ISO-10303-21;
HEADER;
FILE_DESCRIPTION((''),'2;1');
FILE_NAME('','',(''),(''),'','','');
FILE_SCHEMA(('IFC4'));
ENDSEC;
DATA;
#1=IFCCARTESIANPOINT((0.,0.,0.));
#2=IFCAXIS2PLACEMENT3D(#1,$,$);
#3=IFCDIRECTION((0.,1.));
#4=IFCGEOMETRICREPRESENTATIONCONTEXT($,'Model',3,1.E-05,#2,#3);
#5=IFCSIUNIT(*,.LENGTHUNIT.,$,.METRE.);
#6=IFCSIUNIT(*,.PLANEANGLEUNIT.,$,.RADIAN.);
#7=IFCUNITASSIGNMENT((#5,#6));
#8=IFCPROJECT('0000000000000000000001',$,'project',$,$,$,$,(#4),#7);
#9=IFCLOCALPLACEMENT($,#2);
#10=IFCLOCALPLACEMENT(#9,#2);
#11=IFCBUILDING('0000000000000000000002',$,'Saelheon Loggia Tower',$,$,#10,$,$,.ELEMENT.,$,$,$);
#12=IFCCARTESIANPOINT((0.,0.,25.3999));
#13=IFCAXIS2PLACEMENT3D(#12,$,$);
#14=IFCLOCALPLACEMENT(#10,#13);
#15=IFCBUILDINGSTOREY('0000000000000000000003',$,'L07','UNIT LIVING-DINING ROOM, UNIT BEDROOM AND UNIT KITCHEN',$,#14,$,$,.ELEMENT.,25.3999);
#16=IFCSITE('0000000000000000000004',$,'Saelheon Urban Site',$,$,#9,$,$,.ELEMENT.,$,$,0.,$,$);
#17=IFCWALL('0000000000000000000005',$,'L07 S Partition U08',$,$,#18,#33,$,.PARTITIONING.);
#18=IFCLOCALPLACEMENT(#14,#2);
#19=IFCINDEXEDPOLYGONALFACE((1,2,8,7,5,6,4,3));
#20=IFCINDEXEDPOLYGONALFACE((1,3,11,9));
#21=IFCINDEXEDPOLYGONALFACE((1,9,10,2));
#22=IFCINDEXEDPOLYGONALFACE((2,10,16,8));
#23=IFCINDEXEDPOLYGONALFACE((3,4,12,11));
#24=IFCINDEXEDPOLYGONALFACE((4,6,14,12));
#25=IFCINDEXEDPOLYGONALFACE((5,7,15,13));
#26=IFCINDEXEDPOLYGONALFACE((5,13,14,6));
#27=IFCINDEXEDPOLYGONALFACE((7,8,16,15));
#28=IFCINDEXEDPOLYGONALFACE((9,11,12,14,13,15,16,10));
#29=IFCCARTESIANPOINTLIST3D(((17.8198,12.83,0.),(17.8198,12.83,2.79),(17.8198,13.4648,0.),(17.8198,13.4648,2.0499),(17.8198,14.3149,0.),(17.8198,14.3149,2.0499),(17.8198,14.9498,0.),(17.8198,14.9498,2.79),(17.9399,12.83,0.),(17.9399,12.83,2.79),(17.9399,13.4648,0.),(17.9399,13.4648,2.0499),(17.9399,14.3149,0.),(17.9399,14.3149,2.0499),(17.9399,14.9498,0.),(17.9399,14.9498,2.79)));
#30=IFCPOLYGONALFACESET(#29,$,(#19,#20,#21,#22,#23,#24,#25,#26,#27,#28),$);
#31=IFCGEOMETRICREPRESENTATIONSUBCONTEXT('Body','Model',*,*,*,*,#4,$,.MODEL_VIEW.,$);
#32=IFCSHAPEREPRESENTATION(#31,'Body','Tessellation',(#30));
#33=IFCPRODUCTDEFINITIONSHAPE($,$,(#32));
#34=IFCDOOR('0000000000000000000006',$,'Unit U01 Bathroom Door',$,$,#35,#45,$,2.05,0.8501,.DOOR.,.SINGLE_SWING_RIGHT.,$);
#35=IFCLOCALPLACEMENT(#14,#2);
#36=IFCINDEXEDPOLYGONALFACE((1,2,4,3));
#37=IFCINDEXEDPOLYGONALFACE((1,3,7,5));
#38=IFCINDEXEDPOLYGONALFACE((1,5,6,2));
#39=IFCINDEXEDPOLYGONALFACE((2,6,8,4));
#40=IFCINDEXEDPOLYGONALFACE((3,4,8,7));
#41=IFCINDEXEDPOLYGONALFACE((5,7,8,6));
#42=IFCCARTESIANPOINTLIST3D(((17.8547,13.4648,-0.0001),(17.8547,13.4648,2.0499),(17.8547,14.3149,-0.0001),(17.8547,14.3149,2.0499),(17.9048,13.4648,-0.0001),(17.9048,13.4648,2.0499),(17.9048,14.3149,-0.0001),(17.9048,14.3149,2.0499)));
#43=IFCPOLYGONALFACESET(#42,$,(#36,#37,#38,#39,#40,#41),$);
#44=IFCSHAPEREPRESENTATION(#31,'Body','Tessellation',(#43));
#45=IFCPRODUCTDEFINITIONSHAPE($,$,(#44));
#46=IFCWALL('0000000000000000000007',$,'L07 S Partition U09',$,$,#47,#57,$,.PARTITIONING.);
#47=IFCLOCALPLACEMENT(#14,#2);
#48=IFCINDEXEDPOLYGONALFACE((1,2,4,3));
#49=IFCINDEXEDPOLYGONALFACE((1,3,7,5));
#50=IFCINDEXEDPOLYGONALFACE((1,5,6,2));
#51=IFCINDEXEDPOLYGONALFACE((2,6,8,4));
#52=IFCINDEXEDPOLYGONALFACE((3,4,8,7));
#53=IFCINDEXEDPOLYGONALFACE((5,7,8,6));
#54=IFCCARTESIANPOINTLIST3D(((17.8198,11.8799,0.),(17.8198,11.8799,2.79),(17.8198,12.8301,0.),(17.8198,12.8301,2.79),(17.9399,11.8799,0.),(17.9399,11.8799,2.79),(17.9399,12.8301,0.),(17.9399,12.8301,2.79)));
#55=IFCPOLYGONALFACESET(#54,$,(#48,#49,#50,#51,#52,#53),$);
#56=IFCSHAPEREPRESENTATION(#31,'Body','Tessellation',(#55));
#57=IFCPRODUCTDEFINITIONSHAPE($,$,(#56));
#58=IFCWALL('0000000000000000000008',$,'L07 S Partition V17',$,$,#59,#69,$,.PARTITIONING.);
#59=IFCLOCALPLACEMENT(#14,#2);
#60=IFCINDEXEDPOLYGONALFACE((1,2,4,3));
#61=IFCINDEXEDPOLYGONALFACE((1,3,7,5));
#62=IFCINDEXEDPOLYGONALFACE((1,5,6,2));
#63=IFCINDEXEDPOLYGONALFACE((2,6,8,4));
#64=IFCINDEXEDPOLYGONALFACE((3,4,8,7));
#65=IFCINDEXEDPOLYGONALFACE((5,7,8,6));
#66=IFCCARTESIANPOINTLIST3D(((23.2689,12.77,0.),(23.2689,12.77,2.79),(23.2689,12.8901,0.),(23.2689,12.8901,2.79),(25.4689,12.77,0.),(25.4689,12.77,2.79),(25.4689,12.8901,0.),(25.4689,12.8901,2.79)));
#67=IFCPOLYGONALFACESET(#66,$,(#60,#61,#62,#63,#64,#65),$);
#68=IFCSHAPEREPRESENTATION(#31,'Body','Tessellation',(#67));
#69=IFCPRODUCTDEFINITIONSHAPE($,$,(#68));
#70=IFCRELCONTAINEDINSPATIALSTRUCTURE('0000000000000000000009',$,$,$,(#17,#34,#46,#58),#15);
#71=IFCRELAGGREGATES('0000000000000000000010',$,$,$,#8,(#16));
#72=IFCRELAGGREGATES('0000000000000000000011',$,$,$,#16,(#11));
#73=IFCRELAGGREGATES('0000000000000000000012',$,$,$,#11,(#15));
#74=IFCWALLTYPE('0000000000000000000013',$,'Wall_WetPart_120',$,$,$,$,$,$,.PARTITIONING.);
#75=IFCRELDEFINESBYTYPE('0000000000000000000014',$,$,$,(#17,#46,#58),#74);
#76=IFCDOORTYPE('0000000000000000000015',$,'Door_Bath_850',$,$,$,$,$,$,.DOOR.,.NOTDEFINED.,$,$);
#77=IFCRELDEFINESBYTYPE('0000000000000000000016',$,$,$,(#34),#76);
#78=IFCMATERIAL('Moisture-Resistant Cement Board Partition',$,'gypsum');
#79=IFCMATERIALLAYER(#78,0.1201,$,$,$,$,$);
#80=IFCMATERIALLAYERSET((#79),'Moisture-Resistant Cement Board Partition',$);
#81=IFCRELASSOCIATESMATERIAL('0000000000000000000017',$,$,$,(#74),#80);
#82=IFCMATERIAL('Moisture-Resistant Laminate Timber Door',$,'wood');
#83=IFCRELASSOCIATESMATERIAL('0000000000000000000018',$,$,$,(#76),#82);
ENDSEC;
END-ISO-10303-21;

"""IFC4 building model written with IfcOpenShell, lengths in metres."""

from ifc_helpers import new_model, si_unit, direction, frame, frame_2d, origin, place, context, subcontext, project, spatial, rectangle, extrude, source, transform, mapped, material, layer, layer_set, type_object, element, fill, save


model = new_model("IFC4")

# Units and contexts
model_context = context("Model", 3, precision=1e-05, world=origin(), true_north=direction((0.0, 1.0)))
body_context = subcontext(model_context, "Body", "Model", "MODEL_VIEW")
ifc_project = project(units=[si_unit("LENGTHUNIT", "METRE"), si_unit("PLANEANGLEUNIT", "RADIAN")], contexts=[model_context])

# Site, building, storey
site_placement = place(None, origin())
site = spatial("IfcSite", under=ifc_project, at=site_placement, Name="Saelheon Urban Site", CompositionType="ELEMENT", RefElevation=0.0)
building_placement = place(site_placement, origin())
building = spatial("IfcBuilding", under=site, at=building_placement, Name="Saelheon Loggia Tower", CompositionType="ELEMENT")
storey_placement = place(building_placement, frame((0.0, 0.0, 25.3999)))
storey = spatial("IfcBuildingStorey", under=building, at=storey_placement, Name="L07", Description="UNIT LIVING-DINING ROOM, UNIT BEDROOM AND UNIT KITCHEN", CompositionType="ELEMENT", Elevation=25.3999)

# Shared definitions
ifc_material_1 = material(Name="Moisture-Resistant Cement Board Partition", Category="gypsum")
ifc_layer_1 = layer(ifc_material_1, 0.1201)
ifc_layer_set_1 = layer_set([ifc_layer_1], Name="Moisture-Resistant Cement Board Partition")
wall_type_1 = type_object("IfcWallType", Name="Wall_WetPart_120", PredefinedType="PARTITIONING", material=ifc_layer_set_1)

# Wall, opening, door
wall_1_placement = place(storey_placement, frame((17.8799, 14.95, 0.0), z_axis=(0.0, 0.0, 1.0), x_axis=(0.0, -1.0, 0.0)))
wall_1 = element("IfcWall", 1, at=wall_1_placement, inside=storey, type_object=wall_type_1, Name="L07 S Partition U08", PredefinedType="PARTITIONING", context=body_context, shape_type="SweptSolid", body=[
    extrude(rectangle(XDim=2.1199, YDim=0.1201, at=frame_2d((1.0601, 0.0))), origin(), (0.0, 0.0, 1.0), 2.79),
])
opening_1_placement = place(wall_1_placement, frame((0.635, 0.0, 0.0)))
opening_1 = element("IfcOpeningElement", 2, at=opening_1_placement, cuts=wall_1, PredefinedType="OPENING", context=body_context, shape_type="SweptSolid", body=[
    extrude(rectangle(XDim=0.8501, YDim=2.05, at=frame_2d((0.425, 1.0249))), frame((0.0, 0.072, 0.0), z_axis=(0.0, -1.0, 0.0), x_axis=(1.0, 0.0, 0.0)), (0.0, 0.0, 1.0), 0.144),
])
ifc_material_2 = material(Name="Moisture-Resistant Laminate Timber Door", Category="wood")
door_type_1 = type_object("IfcDoorType", Name="Door_Bath_850", OperationType="NOTDEFINED", PredefinedType="DOOR", material=ifc_material_2)
shared_shape_1 = source(origin(), body_context, "Body", "SweptSolid", [
    extrude(rectangle(XDim=0.8501, YDim=2.05, at=frame_2d((0.425, 1.0249))), frame((0.0, 0.0249, 0.0), z_axis=(0.0, -1.0, 0.0), x_axis=(1.0, 0.0, 0.0)), (0.0, 0.0, 1.0), 0.05),
])
door_1_placement = place(opening_1_placement, origin())
door_1 = element("IfcDoor", 3, at=door_1_placement, inside=storey, type_object=door_type_1, Name="Unit U01 Bathroom Door", OperationType="SINGLE_SWING_RIGHT", OverallHeight=2.05, OverallWidth=0.8501, PredefinedType="DOOR", context=body_context, shape_type="MappedRepresentation", body=[
    mapped(shared_shape_1, transform((0.0, 0.0, 0.0), scale=1.0)),
])
fill(opening_1, door_1)

# Walls
wall_2_placement = place(storey_placement, frame((17.8799, 12.8301, 0.0), z_axis=(0.0, 0.0, 1.0), x_axis=(0.0, -1.0, 0.0)))
element("IfcWall", 4, at=wall_2_placement, inside=storey, type_object=wall_type_1, Name="L07 S Partition U09", PredefinedType="PARTITIONING", context=body_context, shape_type="SweptSolid", body=[
    extrude(rectangle(XDim=0.9502, YDim=0.1201, at=frame_2d((0.4751, 0.0))), origin(), (0.0, 0.0, 1.0), 2.79),
])
wall_3_placement = place(storey_placement, frame((23.2688, 12.8301, 0.0), z_axis=(0.0, 0.0, 1.0), x_axis=(1.0, 0.0, 0.0)))
element("IfcWall", 5, at=wall_3_placement, inside=storey, type_object=wall_type_1, Name="L07 S Partition V17", PredefinedType="PARTITIONING", context=body_context, shape_type="SweptSolid", body=[
    extrude(rectangle(XDim=2.2, YDim=0.1201, at=frame_2d((1.1001, 0.0))), origin(), (0.0, 0.0, 1.0), 2.79),
])

save(model, "model.ifc")
